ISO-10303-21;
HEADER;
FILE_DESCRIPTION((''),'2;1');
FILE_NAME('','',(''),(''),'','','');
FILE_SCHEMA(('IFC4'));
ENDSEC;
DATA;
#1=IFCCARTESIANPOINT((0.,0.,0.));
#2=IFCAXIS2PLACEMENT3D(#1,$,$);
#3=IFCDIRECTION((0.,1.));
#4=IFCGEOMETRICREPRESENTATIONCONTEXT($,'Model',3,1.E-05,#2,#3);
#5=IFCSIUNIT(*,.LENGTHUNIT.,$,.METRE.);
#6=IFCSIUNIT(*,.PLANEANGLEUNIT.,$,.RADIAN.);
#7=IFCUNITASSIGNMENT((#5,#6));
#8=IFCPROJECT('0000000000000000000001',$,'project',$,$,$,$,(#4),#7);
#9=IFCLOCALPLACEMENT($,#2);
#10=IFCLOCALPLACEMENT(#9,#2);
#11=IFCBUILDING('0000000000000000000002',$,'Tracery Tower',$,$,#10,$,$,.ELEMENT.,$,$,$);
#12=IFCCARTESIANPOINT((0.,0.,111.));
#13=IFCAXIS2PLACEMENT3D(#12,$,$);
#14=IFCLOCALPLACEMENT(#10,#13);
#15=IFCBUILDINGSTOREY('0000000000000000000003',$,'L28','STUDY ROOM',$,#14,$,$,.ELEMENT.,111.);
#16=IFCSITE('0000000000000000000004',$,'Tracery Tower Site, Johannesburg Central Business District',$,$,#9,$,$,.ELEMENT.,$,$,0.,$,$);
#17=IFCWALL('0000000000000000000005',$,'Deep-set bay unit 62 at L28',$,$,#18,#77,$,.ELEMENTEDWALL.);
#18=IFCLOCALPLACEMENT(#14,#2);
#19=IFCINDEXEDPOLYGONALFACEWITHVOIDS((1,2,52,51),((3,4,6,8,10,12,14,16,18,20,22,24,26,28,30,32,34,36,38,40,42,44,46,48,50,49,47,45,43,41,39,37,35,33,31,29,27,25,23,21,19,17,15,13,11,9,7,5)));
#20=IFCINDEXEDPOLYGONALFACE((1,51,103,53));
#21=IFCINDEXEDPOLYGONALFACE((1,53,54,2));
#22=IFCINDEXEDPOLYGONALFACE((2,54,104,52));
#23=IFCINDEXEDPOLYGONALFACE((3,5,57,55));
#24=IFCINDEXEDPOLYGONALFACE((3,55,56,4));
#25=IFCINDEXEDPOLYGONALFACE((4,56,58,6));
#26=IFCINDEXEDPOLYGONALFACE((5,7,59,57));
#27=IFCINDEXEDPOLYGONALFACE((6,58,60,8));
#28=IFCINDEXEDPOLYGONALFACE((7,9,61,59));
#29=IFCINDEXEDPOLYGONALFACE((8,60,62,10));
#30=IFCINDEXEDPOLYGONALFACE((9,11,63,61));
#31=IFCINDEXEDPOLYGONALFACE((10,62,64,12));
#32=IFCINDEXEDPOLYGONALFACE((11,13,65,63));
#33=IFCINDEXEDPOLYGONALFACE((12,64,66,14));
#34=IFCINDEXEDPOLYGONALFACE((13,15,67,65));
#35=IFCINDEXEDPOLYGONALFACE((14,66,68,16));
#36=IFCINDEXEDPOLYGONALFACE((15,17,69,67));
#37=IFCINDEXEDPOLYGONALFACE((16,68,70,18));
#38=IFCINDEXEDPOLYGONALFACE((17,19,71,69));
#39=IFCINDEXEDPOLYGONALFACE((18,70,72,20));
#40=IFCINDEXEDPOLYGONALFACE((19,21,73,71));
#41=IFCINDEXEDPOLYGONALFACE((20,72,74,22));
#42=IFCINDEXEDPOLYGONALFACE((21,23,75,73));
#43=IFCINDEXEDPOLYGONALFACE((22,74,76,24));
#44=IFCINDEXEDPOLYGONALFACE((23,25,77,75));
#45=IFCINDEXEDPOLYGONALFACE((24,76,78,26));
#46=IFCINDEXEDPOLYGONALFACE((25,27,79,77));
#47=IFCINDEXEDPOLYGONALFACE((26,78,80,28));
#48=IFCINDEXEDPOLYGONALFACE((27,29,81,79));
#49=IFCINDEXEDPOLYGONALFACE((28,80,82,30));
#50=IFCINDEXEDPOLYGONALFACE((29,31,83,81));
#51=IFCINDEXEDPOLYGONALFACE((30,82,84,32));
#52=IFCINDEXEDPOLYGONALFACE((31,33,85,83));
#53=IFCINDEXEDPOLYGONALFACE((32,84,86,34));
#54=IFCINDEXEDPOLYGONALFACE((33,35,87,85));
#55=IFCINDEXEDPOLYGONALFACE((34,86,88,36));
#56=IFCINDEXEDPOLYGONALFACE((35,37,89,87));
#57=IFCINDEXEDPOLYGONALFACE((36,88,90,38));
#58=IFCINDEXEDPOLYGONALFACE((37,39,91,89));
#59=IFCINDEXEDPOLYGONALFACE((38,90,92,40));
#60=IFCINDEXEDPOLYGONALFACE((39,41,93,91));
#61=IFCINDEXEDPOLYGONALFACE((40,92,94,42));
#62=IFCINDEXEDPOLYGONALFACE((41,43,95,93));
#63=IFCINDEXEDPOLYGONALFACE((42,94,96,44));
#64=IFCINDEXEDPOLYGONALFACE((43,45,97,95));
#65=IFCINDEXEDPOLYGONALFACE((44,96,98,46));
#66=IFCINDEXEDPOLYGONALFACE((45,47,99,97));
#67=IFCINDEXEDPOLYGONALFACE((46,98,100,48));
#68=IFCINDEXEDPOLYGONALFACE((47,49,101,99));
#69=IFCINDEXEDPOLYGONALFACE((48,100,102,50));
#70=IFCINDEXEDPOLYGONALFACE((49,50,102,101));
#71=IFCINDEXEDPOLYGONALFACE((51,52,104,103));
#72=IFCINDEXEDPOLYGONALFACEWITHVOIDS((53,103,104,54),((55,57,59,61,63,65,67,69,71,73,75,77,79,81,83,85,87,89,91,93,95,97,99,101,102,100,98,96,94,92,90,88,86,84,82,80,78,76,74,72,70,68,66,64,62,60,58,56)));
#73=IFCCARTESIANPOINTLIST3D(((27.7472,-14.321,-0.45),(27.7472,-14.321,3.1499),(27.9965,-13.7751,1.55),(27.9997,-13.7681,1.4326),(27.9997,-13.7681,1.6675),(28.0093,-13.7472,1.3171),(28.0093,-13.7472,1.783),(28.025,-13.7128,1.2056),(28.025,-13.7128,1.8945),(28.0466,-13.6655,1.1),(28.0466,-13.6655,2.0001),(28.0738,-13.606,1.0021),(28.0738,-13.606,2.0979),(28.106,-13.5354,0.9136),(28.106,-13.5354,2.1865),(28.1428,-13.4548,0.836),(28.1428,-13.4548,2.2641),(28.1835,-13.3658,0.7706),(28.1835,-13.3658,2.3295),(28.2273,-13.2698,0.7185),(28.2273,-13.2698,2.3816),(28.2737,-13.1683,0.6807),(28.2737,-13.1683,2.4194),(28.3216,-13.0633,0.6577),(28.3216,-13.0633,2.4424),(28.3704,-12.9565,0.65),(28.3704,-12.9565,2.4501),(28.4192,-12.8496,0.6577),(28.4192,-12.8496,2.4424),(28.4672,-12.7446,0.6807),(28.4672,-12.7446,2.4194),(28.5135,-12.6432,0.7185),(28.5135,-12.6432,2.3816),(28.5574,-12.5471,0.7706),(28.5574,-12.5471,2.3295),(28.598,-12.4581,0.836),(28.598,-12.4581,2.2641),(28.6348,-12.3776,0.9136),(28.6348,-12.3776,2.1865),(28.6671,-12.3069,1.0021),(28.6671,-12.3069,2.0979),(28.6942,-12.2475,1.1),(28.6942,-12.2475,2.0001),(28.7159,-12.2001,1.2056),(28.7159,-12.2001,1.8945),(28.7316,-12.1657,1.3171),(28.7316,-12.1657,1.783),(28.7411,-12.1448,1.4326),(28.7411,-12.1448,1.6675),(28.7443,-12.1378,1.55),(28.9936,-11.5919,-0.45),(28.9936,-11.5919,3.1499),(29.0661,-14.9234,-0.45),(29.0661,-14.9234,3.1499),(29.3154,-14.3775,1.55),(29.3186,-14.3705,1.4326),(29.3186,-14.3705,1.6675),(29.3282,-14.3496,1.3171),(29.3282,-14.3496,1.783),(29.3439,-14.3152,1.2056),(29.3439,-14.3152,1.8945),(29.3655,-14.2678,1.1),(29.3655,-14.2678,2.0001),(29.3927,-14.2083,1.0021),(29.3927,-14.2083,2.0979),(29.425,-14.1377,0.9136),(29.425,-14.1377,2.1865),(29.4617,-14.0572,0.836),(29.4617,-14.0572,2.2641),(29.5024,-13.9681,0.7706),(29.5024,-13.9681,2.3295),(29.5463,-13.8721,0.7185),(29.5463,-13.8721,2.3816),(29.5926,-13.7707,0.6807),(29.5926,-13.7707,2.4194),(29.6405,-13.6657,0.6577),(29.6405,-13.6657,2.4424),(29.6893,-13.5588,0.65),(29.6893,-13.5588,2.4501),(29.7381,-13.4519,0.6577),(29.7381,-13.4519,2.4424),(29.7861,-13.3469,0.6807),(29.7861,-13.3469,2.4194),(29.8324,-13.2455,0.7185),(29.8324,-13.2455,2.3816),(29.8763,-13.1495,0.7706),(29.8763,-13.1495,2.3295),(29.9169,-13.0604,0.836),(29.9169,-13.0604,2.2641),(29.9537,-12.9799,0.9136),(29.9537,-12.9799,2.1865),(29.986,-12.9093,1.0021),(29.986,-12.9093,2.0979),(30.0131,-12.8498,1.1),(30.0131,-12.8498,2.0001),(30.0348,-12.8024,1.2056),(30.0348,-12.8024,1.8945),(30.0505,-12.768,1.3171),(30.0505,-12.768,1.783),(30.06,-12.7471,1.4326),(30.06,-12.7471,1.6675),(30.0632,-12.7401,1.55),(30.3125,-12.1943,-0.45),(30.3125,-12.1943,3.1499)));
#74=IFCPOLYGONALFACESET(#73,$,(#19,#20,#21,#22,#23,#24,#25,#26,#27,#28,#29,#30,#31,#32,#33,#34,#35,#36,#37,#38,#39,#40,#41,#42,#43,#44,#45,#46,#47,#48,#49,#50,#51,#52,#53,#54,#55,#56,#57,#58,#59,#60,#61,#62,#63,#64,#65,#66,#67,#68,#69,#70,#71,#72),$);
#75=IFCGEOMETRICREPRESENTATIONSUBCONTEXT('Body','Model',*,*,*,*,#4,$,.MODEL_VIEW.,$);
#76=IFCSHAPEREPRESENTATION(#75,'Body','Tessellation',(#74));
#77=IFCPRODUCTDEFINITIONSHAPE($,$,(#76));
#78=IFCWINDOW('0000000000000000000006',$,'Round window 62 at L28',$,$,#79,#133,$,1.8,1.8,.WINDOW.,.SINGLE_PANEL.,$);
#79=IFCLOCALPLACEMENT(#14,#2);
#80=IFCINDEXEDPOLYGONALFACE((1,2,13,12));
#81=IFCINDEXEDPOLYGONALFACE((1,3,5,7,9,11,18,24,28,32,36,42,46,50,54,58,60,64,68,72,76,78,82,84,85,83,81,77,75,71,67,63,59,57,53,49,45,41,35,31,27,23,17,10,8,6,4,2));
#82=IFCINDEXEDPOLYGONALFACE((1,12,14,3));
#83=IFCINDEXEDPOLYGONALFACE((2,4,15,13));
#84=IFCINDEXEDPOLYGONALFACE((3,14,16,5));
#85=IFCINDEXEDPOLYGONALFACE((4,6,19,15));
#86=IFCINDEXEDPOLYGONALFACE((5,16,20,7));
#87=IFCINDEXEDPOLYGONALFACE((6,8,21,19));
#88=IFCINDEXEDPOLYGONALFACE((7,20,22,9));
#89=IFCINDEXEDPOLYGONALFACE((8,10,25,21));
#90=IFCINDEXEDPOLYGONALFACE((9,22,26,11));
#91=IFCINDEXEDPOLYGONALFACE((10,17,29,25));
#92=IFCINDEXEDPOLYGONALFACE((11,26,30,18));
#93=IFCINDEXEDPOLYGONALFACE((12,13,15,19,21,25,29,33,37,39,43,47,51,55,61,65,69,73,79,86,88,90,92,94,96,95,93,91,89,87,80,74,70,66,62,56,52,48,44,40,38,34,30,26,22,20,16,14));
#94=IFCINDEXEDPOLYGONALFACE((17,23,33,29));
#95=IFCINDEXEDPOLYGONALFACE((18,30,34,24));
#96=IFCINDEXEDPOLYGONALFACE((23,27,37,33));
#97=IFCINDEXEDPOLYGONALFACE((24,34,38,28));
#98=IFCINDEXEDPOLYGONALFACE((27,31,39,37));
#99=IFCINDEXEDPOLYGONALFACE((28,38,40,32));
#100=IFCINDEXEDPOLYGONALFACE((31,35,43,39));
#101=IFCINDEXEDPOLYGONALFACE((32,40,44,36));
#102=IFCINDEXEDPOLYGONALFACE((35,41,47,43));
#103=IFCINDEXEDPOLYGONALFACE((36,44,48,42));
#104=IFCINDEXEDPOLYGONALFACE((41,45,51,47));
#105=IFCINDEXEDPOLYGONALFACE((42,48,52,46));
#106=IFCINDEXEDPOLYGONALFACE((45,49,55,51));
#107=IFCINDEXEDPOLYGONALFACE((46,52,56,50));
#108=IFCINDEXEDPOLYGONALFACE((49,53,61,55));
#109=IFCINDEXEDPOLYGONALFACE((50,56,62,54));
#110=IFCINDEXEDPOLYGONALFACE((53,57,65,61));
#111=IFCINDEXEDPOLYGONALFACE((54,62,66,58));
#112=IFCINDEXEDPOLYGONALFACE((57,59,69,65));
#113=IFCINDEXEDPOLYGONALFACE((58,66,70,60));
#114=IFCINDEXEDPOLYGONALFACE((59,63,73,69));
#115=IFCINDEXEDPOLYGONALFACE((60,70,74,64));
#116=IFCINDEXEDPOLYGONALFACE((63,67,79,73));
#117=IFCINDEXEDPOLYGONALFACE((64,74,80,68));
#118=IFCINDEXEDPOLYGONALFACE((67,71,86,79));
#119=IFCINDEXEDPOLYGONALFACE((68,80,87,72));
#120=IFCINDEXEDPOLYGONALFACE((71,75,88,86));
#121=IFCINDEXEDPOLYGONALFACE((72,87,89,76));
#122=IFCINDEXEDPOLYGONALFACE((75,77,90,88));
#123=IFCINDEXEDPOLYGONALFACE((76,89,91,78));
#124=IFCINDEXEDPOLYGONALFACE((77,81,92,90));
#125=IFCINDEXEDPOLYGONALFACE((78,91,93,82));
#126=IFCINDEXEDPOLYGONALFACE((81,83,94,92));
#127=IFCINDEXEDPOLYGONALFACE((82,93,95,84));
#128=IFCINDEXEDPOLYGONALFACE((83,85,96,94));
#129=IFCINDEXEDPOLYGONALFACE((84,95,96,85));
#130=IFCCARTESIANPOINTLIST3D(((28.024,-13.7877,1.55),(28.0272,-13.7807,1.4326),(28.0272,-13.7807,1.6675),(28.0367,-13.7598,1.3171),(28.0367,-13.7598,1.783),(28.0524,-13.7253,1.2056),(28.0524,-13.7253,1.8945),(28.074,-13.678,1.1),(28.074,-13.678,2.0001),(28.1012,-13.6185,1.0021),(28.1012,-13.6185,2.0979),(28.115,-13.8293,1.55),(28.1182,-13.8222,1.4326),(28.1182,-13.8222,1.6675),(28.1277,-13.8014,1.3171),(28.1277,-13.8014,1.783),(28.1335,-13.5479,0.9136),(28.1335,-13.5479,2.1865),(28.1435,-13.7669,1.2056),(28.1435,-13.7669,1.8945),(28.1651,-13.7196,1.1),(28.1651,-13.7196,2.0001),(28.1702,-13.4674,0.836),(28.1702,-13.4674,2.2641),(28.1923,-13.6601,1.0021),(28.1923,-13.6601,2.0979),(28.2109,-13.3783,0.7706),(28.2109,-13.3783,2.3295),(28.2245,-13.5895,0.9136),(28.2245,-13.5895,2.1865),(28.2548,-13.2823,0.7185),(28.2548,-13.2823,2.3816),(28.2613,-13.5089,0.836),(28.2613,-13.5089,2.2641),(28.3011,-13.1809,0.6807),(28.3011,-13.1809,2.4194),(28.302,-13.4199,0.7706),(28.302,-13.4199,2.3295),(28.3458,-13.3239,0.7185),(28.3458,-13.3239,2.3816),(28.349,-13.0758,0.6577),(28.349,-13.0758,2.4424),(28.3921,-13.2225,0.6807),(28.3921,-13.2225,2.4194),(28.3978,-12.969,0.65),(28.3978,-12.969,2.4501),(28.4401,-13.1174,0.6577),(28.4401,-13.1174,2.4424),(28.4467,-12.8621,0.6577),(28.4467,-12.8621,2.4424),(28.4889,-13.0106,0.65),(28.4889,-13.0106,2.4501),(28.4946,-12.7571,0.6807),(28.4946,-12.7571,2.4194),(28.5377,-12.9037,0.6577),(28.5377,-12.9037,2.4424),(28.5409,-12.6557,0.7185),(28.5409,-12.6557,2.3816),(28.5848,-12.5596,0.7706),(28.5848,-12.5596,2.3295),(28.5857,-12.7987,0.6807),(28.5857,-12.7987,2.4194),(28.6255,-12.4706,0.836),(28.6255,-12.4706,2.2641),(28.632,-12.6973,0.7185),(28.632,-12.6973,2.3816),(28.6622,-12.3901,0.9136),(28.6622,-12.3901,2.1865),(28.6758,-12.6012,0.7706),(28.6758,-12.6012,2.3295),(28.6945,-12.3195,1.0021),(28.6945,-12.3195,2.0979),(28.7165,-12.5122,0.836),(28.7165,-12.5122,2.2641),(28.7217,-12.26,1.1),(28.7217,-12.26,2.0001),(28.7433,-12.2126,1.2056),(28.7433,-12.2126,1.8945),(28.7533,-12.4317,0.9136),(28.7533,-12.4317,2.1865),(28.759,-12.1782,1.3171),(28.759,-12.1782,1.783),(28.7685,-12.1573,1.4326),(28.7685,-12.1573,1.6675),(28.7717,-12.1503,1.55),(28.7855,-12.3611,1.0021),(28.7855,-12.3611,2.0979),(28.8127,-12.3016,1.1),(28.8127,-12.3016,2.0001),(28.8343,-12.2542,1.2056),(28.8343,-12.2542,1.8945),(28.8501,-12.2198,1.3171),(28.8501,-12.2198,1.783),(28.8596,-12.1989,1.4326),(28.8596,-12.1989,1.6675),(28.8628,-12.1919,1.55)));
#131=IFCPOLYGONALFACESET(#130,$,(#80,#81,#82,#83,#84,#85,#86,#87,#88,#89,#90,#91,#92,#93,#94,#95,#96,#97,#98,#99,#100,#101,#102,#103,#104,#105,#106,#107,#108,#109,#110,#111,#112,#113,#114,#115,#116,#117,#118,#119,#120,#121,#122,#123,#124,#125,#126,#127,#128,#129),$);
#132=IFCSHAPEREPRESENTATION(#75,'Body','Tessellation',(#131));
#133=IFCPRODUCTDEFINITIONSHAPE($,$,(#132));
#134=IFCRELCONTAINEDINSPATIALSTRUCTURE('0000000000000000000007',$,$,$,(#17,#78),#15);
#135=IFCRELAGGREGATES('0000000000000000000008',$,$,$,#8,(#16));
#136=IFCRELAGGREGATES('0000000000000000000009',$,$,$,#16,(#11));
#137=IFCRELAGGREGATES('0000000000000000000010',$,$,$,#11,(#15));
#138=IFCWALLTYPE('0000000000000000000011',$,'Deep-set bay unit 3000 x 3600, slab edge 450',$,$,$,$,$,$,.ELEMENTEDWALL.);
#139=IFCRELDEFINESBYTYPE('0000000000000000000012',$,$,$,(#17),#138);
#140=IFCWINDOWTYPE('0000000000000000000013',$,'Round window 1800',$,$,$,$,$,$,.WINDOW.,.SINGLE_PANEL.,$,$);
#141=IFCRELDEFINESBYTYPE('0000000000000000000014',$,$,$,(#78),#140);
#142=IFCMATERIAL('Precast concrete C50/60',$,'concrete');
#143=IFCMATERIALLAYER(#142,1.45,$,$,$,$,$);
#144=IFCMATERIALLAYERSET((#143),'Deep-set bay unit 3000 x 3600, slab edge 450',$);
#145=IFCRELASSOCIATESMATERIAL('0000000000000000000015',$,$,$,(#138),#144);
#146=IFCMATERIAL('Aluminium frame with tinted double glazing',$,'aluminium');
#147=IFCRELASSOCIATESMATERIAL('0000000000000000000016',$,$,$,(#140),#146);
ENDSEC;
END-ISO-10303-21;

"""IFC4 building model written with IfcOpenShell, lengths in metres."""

from ifc_helpers import new_model, si_unit, direction, frame, frame_2d, origin, origin_2d, place, context, subcontext, project, spatial, rectangle, circle, extrude, material, layer, layer_set, type_object, element, fill, save


model = new_model("IFC4")

# Units and contexts
model_context = context("Model", 3, precision=1e-05, world=origin(), true_north=direction((0.0, 1.0)))
body_context = subcontext(model_context, "Body", "Model", "MODEL_VIEW")
ifc_project = project(units=[si_unit("LENGTHUNIT", "METRE"), si_unit("PLANEANGLEUNIT", "RADIAN")], contexts=[model_context])

# Site, building, storey
site_placement = place(None, origin())
site = spatial("IfcSite", under=ifc_project, at=site_placement, Name="Tracery Tower Site, Johannesburg Central Business District", CompositionType="ELEMENT", RefElevation=0.0)
building_placement = place(site_placement, origin())
building = spatial("IfcBuilding", under=site, at=building_placement, Name="Tracery Tower", CompositionType="ELEMENT")
storey_placement = place(building_placement, frame((0.0, 0.0, 111.0)))
storey = spatial("IfcBuildingStorey", under=building, at=storey_placement, Name="L28", Description="STUDY ROOM", CompositionType="ELEMENT", Elevation=111.0)

# Wall, opening, window
ifc_material_1 = material(Name="Precast concrete C50/60", Category="concrete")
ifc_layer_1 = layer(ifc_material_1, 1.45)
ifc_layer_set_1 = layer_set([ifc_layer_1], Name="Deep-set bay unit 3000 x 3600, slab edge 450")
wall_type_1 = type_object("IfcWallType", Name="Deep-set bay unit 3000 x 3600, slab edge 450", PredefinedType="ELEMENTEDWALL", material=ifc_layer_set_1)
wall_1_placement = place(storey_placement, frame((28.4067, -14.6221, -0.45), z_axis=(0.0, 0.0, 1.0), x_axis=(0.415427, 0.909627, 0.0)))
wall_1 = element("IfcWall", 1, at=wall_1_placement, inside=storey, type_object=wall_type_1, Name="Deep-set bay unit 62 at L28", PredefinedType="ELEMENTEDWALL", context=body_context, shape_type="SweptSolid", body=[
    extrude(rectangle(XDim=3.0002, YDim=1.45, at=frame_2d((1.5, 0.0))), origin(), (0.0, 0.0, 1.0), 3.5999),
])
opening_1_placement = place(wall_1_placement, frame((1.5, 0.0, 2.0)))
opening_1 = element("IfcOpeningElement", 2, at=opening_1_placement, cuts=wall_1, PredefinedType="OPENING", context=body_context, shape_type="SweptSolid", body=[
    extrude(circle(Radius=0.9, at=origin_2d()), frame((0.0, 0.7349, 0.0), z_axis=(0.0, -1.0, 0.0), x_axis=(1.0, 0.0, 0.0)), (0.0, 0.0, 1.0), 1.47),
])
ifc_material_2 = material(Name="Aluminium frame with tinted double glazing", Category="aluminium")
window_type = type_object("IfcWindowType", Name="Round window 1800", PartitioningType="SINGLE_PANEL", PredefinedType="WINDOW", material=ifc_material_2)
window_1_placement = place(opening_1_placement, origin())
window_1 = element("IfcWindow", 3, at=window_1_placement, inside=storey, type_object=window_type, Name="Round window 62 at L28", OverallHeight=1.8, OverallWidth=1.8, PartitioningType="SINGLE_PANEL", PredefinedType="WINDOW", context=body_context, shape_type="SweptSolid", body=[
    extrude(circle(Radius=0.9, at=origin_2d()), frame((0.0, 0.6948, 0.0), z_axis=(0.0, -1.0, 0.0), x_axis=(1.0, 0.0, 0.0)), (0.0, 0.0, 1.0), 0.1001),
])
fill(opening_1, window_1)

save(model, "model.ifc")
